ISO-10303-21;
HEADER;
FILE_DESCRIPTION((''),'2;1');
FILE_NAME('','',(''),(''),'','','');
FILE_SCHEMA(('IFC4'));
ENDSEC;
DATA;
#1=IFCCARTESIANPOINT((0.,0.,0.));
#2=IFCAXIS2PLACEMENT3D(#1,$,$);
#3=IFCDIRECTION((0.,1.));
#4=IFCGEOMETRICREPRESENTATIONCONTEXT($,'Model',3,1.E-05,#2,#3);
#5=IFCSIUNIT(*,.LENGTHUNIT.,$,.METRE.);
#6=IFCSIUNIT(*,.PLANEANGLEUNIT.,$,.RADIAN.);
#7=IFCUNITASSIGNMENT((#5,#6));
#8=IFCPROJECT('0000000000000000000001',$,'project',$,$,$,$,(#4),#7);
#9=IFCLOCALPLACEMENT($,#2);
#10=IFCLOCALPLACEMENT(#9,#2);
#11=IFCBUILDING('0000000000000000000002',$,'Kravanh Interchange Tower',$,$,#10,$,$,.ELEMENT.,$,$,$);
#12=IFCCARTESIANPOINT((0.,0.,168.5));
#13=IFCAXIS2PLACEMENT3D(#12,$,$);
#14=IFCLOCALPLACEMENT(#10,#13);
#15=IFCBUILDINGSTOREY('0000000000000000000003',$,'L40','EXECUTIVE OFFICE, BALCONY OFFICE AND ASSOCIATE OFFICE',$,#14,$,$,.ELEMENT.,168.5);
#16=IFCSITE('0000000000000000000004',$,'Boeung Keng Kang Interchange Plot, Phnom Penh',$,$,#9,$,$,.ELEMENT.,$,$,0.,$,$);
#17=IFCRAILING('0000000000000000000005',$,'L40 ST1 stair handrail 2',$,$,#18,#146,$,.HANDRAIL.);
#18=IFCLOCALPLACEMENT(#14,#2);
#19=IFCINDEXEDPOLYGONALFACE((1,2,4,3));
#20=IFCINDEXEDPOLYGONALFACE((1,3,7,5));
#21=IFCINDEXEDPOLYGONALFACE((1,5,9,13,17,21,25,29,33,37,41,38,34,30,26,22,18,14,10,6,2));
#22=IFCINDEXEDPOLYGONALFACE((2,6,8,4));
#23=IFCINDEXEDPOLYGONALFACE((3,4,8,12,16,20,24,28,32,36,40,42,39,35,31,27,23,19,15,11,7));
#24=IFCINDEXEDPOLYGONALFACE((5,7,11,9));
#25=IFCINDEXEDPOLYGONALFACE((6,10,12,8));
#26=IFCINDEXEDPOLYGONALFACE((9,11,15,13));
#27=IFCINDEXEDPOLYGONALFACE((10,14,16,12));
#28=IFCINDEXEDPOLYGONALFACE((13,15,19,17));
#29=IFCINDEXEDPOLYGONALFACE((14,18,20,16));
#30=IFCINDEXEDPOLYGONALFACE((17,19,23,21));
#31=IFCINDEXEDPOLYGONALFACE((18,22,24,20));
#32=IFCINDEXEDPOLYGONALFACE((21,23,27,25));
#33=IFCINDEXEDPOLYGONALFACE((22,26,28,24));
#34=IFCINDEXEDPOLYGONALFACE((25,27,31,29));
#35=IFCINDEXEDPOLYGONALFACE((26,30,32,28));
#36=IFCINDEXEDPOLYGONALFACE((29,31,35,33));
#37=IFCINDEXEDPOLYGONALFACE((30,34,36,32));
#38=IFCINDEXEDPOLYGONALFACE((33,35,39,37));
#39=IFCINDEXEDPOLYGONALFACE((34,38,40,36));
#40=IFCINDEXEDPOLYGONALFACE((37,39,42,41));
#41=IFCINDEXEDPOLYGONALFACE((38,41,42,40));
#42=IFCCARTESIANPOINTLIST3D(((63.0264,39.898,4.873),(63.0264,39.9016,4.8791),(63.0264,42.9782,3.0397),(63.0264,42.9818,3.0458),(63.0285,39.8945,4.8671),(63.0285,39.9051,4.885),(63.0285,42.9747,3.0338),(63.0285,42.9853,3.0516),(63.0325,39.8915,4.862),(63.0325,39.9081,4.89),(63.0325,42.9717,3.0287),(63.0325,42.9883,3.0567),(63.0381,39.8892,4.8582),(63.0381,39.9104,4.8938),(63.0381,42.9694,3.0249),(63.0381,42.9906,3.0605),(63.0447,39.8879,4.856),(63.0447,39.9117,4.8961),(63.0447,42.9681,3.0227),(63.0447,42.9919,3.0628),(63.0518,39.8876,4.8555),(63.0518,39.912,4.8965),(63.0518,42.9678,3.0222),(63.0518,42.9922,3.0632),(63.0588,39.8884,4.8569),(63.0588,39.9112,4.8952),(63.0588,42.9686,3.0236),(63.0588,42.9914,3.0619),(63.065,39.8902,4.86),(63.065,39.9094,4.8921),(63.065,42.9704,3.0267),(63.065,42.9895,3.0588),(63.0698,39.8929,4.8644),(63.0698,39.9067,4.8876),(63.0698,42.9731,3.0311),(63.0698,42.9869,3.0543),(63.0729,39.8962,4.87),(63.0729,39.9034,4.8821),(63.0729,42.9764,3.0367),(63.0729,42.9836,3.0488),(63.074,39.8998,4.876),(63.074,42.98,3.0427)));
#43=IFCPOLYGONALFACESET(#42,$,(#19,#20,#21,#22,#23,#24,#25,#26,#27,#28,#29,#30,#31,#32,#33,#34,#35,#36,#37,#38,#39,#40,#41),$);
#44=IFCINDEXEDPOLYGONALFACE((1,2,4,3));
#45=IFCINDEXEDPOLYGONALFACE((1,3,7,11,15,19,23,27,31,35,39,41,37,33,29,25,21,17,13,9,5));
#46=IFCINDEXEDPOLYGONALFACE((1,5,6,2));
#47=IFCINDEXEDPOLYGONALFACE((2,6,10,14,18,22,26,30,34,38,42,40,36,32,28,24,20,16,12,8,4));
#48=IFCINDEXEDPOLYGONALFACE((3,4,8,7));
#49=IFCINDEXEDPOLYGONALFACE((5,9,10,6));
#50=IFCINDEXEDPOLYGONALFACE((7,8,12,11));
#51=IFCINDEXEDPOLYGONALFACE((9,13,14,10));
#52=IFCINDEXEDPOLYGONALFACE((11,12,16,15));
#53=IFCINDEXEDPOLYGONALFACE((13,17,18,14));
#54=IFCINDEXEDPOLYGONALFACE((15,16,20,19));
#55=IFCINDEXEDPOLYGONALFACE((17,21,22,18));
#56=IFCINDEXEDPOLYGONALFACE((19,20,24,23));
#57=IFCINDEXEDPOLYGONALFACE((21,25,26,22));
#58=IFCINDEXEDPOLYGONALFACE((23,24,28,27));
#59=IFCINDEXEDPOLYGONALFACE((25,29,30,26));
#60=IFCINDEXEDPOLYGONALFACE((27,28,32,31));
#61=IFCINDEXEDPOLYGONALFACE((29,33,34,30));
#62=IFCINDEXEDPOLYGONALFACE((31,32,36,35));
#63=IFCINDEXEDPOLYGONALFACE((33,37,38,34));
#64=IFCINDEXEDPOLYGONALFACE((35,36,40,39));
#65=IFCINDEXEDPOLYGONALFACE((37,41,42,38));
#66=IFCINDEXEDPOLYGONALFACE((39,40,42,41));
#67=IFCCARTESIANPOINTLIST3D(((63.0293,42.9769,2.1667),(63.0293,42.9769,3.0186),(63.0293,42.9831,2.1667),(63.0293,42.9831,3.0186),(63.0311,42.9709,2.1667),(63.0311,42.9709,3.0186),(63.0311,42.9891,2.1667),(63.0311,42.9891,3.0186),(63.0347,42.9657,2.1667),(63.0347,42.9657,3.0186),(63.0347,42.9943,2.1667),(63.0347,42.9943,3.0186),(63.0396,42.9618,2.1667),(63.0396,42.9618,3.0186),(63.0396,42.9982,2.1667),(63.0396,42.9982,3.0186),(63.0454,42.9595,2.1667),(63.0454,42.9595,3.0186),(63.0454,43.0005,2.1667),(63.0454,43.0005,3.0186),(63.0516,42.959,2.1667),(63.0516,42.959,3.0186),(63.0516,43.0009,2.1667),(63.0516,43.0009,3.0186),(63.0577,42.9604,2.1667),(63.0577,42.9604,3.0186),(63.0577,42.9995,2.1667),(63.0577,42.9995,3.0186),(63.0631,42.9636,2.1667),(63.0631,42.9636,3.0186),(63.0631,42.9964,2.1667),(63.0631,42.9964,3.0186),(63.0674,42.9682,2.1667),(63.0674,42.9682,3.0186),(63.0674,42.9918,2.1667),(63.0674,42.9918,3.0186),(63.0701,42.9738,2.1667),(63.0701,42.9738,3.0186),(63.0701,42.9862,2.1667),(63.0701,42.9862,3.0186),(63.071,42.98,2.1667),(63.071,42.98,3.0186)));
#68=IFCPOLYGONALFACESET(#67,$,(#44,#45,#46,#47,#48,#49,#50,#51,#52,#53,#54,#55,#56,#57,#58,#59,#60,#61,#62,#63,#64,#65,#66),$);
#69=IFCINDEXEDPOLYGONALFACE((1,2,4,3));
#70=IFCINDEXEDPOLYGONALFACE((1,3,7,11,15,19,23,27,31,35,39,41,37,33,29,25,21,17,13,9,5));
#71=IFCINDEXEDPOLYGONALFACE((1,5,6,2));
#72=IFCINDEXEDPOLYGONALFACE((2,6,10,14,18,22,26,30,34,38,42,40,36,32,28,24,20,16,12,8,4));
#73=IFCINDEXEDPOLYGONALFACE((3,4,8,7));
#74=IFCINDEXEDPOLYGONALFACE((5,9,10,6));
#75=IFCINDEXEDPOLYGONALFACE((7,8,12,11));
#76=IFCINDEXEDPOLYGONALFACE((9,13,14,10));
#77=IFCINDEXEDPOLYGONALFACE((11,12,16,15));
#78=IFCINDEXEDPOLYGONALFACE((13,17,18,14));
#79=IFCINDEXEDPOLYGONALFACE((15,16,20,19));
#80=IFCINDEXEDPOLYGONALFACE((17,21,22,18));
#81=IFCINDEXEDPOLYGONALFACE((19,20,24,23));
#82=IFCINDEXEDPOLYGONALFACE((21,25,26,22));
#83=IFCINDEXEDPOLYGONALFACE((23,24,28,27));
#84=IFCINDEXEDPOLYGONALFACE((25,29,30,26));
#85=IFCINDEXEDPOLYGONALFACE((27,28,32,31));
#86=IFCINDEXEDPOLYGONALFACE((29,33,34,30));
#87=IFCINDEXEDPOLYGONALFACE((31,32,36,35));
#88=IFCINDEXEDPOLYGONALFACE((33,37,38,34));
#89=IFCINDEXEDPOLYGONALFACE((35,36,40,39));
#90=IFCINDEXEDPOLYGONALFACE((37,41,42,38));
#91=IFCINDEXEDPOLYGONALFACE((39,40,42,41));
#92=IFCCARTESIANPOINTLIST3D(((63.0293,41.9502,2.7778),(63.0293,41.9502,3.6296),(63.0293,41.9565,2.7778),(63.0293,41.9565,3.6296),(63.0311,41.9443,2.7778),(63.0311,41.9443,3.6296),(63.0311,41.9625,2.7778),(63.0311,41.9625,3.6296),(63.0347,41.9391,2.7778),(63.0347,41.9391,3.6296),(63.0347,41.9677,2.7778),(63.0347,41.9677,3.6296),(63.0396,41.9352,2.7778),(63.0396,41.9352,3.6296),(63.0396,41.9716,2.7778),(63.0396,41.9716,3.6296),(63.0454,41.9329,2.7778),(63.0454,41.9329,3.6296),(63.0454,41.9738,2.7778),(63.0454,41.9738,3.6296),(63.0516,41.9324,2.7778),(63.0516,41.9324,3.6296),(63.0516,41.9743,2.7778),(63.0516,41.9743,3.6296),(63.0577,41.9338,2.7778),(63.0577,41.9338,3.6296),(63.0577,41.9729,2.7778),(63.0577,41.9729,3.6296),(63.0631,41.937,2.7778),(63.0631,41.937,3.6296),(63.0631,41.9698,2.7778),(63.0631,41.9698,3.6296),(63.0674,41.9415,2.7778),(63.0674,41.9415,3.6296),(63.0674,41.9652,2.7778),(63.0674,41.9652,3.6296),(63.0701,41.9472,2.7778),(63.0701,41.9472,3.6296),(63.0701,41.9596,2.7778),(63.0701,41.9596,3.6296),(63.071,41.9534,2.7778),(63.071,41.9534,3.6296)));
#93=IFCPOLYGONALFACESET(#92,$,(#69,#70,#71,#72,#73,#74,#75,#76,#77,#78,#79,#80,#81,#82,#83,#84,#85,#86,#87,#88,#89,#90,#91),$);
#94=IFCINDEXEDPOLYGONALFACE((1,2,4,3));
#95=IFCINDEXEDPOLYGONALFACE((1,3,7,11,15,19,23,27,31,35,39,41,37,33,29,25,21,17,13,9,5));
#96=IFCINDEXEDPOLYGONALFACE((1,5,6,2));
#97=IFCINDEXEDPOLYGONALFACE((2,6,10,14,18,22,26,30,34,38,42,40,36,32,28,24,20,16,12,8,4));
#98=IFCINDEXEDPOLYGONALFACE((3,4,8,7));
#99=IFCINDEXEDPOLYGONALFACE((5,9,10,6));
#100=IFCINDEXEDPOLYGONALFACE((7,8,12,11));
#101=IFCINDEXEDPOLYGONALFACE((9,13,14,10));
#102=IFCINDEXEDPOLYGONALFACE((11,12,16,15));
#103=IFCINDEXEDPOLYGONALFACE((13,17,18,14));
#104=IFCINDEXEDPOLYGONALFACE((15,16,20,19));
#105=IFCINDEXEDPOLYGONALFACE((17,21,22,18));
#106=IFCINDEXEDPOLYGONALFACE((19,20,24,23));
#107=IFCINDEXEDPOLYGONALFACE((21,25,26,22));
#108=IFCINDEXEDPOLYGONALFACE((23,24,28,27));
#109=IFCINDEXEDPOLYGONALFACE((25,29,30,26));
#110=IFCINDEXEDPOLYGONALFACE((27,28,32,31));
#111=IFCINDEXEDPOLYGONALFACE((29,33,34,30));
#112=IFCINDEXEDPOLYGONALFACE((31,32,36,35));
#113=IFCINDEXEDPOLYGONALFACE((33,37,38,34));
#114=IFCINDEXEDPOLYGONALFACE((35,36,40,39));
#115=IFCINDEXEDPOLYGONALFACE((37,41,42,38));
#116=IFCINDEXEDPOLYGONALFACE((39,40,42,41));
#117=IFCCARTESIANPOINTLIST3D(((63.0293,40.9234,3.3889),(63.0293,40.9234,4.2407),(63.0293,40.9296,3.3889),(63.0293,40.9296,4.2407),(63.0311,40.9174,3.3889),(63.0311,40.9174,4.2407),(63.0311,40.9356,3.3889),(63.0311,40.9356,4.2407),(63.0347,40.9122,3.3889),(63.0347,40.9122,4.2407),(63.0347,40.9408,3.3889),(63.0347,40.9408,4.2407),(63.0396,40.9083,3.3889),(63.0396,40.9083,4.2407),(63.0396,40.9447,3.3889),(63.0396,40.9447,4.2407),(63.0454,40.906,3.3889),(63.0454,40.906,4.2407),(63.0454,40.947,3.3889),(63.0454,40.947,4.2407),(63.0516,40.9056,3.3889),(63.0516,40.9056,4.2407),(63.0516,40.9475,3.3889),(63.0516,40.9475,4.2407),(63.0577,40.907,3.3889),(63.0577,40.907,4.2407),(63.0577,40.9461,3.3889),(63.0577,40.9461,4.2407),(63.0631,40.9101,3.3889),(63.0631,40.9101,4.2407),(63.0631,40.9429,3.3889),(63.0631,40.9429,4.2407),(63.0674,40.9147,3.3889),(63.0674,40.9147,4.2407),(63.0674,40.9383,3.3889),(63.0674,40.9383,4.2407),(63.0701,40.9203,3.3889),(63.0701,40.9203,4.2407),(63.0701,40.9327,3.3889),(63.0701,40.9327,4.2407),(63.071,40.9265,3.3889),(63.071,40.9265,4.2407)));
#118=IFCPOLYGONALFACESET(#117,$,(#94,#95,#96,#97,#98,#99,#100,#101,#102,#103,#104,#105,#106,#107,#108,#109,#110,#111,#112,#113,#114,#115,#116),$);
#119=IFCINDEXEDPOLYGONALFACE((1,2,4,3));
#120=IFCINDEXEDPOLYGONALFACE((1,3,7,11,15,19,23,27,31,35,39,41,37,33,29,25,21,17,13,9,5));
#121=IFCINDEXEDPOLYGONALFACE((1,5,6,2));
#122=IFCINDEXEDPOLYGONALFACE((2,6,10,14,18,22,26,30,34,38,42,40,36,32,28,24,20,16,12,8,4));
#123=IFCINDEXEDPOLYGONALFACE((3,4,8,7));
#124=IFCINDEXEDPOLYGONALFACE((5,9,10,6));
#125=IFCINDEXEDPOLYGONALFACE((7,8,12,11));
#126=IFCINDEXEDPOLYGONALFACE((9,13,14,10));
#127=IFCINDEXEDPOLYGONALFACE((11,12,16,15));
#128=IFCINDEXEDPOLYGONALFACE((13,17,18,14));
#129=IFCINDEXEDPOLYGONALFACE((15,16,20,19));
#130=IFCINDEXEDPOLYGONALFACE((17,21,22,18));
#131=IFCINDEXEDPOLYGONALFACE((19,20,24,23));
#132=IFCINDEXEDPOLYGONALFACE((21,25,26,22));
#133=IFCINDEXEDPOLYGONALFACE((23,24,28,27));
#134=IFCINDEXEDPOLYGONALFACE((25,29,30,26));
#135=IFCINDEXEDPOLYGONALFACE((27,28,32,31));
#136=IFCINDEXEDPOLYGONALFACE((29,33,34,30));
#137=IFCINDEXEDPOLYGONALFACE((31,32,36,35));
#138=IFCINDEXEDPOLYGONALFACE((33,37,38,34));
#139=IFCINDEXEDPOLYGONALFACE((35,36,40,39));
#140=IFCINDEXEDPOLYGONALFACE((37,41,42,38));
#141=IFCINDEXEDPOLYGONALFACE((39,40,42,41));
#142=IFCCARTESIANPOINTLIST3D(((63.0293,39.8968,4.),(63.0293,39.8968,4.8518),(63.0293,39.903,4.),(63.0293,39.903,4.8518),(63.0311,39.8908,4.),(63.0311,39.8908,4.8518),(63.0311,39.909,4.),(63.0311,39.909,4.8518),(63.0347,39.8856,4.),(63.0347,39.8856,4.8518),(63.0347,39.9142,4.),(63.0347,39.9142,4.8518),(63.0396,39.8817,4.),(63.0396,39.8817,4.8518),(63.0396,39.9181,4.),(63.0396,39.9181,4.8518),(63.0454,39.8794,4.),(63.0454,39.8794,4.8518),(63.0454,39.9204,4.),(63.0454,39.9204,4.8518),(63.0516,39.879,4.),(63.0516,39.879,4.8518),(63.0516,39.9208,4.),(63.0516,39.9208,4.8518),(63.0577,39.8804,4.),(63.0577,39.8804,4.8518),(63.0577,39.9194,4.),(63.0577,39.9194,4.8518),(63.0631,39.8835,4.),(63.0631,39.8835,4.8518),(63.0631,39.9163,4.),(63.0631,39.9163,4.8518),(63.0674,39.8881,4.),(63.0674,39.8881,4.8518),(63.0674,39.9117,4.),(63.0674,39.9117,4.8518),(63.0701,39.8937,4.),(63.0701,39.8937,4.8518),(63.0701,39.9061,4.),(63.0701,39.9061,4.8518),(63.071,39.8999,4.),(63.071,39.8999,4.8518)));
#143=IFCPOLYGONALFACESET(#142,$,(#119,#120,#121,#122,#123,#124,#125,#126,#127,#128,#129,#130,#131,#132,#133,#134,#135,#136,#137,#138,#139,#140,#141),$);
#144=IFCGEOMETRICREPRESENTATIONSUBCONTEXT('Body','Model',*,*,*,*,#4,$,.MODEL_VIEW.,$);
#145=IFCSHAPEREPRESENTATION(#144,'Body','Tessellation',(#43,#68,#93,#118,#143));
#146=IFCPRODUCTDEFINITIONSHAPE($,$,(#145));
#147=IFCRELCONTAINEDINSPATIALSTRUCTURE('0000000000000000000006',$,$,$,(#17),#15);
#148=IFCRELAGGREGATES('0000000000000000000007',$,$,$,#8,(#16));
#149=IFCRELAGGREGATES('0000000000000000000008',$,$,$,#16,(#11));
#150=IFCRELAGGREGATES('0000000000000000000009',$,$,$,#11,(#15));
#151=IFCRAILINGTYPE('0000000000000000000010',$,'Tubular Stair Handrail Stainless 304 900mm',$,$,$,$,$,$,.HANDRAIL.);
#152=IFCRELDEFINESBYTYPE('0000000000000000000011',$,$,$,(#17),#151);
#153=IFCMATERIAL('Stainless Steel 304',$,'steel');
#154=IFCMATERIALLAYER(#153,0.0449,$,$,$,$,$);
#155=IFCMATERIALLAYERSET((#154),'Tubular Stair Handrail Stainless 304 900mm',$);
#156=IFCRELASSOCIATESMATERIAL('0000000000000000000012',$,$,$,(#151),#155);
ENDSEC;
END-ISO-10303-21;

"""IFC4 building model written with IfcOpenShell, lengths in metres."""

from ifc_helpers import new_model, si_unit, direction, frame, origin, origin_2d, place, context, subcontext, project, spatial, circle, extrude, material, layer, layer_set, type_object, element, save


model = new_model("IFC4")

# Units and contexts
model_context = context("Model", 3, precision=1e-05, world=origin(), true_north=direction((0.0, 1.0)))
body_context = subcontext(model_context, "Body", "Model", "MODEL_VIEW")
ifc_project = project(units=[si_unit("LENGTHUNIT", "METRE"), si_unit("PLANEANGLEUNIT", "RADIAN")], contexts=[model_context])

# Site, building, storey
site_placement = place(None, origin())
site = spatial("IfcSite", under=ifc_project, at=site_placement, Name="Boeung Keng Kang Interchange Plot, Phnom Penh", CompositionType="ELEMENT", RefElevation=0.0)
building_placement = place(site_placement, origin())
building = spatial("IfcBuilding", under=site, at=building_placement, Name="Kravanh Interchange Tower", CompositionType="ELEMENT")
storey_placement = place(building_placement, frame((0.0, 0.0, 168.5)))
storey = spatial("IfcBuildingStorey", under=building, at=storey_placement, Name="L40", Description="EXECUTIVE OFFICE, BALCONY OFFICE AND ASSOCIATE OFFICE", CompositionType="ELEMENT", Elevation=168.5)

# Railing
ifc_material_1 = material(Name="Stainless Steel 304", Category="steel")
ifc_layer_1 = layer(ifc_material_1, 0.0449)
ifc_layer_set_1 = layer_set([ifc_layer_1], Name="Tubular Stair Handrail Stainless 304 900mm")
railing_type_1 = type_object("IfcRailingType", Name="Tubular Stair Handrail Stainless 304 900mm", PredefinedType="HANDRAIL", material=ifc_layer_set_1)
railing_1_placement = place(storey_placement, frame((63.05, 42.98, 2.1667)))
element("IfcRailing", 1, at=railing_1_placement, inside=storey, type_object=railing_type_1, Name="L40 ST1 stair handrail 2", PredefinedType="HANDRAIL", context=body_context, shape_type="SweptSolid", body=[
    extrude(circle(Radius=0.0239, at=origin_2d()), frame((0.0, 0.0, 0.876), z_axis=(0.0, -0.859309, 0.511458), x_axis=(1.0, 0.0, 0.0)), (0.0, 0.0, 1.0), 3.5845),
    extrude(circle(Radius=0.021, at=origin_2d()), origin(), (0.0, 0.0, 1.0), 0.8518),
    extrude(circle(Radius=0.021, at=origin_2d()), frame((0.0, -1.0266, 0.6111)), (0.0, 0.0, 1.0), 0.8518),
    extrude(circle(Radius=0.021, at=origin_2d()), frame((0.0, -2.0535, 1.2222)), (0.0, 0.0, 1.0), 0.8518),
    extrude(circle(Radius=0.021, at=origin_2d()), frame((0.0, -3.0801, 1.8333)), (0.0, 0.0, 1.0), 0.8518),
])

save(model, "model.ifc")
